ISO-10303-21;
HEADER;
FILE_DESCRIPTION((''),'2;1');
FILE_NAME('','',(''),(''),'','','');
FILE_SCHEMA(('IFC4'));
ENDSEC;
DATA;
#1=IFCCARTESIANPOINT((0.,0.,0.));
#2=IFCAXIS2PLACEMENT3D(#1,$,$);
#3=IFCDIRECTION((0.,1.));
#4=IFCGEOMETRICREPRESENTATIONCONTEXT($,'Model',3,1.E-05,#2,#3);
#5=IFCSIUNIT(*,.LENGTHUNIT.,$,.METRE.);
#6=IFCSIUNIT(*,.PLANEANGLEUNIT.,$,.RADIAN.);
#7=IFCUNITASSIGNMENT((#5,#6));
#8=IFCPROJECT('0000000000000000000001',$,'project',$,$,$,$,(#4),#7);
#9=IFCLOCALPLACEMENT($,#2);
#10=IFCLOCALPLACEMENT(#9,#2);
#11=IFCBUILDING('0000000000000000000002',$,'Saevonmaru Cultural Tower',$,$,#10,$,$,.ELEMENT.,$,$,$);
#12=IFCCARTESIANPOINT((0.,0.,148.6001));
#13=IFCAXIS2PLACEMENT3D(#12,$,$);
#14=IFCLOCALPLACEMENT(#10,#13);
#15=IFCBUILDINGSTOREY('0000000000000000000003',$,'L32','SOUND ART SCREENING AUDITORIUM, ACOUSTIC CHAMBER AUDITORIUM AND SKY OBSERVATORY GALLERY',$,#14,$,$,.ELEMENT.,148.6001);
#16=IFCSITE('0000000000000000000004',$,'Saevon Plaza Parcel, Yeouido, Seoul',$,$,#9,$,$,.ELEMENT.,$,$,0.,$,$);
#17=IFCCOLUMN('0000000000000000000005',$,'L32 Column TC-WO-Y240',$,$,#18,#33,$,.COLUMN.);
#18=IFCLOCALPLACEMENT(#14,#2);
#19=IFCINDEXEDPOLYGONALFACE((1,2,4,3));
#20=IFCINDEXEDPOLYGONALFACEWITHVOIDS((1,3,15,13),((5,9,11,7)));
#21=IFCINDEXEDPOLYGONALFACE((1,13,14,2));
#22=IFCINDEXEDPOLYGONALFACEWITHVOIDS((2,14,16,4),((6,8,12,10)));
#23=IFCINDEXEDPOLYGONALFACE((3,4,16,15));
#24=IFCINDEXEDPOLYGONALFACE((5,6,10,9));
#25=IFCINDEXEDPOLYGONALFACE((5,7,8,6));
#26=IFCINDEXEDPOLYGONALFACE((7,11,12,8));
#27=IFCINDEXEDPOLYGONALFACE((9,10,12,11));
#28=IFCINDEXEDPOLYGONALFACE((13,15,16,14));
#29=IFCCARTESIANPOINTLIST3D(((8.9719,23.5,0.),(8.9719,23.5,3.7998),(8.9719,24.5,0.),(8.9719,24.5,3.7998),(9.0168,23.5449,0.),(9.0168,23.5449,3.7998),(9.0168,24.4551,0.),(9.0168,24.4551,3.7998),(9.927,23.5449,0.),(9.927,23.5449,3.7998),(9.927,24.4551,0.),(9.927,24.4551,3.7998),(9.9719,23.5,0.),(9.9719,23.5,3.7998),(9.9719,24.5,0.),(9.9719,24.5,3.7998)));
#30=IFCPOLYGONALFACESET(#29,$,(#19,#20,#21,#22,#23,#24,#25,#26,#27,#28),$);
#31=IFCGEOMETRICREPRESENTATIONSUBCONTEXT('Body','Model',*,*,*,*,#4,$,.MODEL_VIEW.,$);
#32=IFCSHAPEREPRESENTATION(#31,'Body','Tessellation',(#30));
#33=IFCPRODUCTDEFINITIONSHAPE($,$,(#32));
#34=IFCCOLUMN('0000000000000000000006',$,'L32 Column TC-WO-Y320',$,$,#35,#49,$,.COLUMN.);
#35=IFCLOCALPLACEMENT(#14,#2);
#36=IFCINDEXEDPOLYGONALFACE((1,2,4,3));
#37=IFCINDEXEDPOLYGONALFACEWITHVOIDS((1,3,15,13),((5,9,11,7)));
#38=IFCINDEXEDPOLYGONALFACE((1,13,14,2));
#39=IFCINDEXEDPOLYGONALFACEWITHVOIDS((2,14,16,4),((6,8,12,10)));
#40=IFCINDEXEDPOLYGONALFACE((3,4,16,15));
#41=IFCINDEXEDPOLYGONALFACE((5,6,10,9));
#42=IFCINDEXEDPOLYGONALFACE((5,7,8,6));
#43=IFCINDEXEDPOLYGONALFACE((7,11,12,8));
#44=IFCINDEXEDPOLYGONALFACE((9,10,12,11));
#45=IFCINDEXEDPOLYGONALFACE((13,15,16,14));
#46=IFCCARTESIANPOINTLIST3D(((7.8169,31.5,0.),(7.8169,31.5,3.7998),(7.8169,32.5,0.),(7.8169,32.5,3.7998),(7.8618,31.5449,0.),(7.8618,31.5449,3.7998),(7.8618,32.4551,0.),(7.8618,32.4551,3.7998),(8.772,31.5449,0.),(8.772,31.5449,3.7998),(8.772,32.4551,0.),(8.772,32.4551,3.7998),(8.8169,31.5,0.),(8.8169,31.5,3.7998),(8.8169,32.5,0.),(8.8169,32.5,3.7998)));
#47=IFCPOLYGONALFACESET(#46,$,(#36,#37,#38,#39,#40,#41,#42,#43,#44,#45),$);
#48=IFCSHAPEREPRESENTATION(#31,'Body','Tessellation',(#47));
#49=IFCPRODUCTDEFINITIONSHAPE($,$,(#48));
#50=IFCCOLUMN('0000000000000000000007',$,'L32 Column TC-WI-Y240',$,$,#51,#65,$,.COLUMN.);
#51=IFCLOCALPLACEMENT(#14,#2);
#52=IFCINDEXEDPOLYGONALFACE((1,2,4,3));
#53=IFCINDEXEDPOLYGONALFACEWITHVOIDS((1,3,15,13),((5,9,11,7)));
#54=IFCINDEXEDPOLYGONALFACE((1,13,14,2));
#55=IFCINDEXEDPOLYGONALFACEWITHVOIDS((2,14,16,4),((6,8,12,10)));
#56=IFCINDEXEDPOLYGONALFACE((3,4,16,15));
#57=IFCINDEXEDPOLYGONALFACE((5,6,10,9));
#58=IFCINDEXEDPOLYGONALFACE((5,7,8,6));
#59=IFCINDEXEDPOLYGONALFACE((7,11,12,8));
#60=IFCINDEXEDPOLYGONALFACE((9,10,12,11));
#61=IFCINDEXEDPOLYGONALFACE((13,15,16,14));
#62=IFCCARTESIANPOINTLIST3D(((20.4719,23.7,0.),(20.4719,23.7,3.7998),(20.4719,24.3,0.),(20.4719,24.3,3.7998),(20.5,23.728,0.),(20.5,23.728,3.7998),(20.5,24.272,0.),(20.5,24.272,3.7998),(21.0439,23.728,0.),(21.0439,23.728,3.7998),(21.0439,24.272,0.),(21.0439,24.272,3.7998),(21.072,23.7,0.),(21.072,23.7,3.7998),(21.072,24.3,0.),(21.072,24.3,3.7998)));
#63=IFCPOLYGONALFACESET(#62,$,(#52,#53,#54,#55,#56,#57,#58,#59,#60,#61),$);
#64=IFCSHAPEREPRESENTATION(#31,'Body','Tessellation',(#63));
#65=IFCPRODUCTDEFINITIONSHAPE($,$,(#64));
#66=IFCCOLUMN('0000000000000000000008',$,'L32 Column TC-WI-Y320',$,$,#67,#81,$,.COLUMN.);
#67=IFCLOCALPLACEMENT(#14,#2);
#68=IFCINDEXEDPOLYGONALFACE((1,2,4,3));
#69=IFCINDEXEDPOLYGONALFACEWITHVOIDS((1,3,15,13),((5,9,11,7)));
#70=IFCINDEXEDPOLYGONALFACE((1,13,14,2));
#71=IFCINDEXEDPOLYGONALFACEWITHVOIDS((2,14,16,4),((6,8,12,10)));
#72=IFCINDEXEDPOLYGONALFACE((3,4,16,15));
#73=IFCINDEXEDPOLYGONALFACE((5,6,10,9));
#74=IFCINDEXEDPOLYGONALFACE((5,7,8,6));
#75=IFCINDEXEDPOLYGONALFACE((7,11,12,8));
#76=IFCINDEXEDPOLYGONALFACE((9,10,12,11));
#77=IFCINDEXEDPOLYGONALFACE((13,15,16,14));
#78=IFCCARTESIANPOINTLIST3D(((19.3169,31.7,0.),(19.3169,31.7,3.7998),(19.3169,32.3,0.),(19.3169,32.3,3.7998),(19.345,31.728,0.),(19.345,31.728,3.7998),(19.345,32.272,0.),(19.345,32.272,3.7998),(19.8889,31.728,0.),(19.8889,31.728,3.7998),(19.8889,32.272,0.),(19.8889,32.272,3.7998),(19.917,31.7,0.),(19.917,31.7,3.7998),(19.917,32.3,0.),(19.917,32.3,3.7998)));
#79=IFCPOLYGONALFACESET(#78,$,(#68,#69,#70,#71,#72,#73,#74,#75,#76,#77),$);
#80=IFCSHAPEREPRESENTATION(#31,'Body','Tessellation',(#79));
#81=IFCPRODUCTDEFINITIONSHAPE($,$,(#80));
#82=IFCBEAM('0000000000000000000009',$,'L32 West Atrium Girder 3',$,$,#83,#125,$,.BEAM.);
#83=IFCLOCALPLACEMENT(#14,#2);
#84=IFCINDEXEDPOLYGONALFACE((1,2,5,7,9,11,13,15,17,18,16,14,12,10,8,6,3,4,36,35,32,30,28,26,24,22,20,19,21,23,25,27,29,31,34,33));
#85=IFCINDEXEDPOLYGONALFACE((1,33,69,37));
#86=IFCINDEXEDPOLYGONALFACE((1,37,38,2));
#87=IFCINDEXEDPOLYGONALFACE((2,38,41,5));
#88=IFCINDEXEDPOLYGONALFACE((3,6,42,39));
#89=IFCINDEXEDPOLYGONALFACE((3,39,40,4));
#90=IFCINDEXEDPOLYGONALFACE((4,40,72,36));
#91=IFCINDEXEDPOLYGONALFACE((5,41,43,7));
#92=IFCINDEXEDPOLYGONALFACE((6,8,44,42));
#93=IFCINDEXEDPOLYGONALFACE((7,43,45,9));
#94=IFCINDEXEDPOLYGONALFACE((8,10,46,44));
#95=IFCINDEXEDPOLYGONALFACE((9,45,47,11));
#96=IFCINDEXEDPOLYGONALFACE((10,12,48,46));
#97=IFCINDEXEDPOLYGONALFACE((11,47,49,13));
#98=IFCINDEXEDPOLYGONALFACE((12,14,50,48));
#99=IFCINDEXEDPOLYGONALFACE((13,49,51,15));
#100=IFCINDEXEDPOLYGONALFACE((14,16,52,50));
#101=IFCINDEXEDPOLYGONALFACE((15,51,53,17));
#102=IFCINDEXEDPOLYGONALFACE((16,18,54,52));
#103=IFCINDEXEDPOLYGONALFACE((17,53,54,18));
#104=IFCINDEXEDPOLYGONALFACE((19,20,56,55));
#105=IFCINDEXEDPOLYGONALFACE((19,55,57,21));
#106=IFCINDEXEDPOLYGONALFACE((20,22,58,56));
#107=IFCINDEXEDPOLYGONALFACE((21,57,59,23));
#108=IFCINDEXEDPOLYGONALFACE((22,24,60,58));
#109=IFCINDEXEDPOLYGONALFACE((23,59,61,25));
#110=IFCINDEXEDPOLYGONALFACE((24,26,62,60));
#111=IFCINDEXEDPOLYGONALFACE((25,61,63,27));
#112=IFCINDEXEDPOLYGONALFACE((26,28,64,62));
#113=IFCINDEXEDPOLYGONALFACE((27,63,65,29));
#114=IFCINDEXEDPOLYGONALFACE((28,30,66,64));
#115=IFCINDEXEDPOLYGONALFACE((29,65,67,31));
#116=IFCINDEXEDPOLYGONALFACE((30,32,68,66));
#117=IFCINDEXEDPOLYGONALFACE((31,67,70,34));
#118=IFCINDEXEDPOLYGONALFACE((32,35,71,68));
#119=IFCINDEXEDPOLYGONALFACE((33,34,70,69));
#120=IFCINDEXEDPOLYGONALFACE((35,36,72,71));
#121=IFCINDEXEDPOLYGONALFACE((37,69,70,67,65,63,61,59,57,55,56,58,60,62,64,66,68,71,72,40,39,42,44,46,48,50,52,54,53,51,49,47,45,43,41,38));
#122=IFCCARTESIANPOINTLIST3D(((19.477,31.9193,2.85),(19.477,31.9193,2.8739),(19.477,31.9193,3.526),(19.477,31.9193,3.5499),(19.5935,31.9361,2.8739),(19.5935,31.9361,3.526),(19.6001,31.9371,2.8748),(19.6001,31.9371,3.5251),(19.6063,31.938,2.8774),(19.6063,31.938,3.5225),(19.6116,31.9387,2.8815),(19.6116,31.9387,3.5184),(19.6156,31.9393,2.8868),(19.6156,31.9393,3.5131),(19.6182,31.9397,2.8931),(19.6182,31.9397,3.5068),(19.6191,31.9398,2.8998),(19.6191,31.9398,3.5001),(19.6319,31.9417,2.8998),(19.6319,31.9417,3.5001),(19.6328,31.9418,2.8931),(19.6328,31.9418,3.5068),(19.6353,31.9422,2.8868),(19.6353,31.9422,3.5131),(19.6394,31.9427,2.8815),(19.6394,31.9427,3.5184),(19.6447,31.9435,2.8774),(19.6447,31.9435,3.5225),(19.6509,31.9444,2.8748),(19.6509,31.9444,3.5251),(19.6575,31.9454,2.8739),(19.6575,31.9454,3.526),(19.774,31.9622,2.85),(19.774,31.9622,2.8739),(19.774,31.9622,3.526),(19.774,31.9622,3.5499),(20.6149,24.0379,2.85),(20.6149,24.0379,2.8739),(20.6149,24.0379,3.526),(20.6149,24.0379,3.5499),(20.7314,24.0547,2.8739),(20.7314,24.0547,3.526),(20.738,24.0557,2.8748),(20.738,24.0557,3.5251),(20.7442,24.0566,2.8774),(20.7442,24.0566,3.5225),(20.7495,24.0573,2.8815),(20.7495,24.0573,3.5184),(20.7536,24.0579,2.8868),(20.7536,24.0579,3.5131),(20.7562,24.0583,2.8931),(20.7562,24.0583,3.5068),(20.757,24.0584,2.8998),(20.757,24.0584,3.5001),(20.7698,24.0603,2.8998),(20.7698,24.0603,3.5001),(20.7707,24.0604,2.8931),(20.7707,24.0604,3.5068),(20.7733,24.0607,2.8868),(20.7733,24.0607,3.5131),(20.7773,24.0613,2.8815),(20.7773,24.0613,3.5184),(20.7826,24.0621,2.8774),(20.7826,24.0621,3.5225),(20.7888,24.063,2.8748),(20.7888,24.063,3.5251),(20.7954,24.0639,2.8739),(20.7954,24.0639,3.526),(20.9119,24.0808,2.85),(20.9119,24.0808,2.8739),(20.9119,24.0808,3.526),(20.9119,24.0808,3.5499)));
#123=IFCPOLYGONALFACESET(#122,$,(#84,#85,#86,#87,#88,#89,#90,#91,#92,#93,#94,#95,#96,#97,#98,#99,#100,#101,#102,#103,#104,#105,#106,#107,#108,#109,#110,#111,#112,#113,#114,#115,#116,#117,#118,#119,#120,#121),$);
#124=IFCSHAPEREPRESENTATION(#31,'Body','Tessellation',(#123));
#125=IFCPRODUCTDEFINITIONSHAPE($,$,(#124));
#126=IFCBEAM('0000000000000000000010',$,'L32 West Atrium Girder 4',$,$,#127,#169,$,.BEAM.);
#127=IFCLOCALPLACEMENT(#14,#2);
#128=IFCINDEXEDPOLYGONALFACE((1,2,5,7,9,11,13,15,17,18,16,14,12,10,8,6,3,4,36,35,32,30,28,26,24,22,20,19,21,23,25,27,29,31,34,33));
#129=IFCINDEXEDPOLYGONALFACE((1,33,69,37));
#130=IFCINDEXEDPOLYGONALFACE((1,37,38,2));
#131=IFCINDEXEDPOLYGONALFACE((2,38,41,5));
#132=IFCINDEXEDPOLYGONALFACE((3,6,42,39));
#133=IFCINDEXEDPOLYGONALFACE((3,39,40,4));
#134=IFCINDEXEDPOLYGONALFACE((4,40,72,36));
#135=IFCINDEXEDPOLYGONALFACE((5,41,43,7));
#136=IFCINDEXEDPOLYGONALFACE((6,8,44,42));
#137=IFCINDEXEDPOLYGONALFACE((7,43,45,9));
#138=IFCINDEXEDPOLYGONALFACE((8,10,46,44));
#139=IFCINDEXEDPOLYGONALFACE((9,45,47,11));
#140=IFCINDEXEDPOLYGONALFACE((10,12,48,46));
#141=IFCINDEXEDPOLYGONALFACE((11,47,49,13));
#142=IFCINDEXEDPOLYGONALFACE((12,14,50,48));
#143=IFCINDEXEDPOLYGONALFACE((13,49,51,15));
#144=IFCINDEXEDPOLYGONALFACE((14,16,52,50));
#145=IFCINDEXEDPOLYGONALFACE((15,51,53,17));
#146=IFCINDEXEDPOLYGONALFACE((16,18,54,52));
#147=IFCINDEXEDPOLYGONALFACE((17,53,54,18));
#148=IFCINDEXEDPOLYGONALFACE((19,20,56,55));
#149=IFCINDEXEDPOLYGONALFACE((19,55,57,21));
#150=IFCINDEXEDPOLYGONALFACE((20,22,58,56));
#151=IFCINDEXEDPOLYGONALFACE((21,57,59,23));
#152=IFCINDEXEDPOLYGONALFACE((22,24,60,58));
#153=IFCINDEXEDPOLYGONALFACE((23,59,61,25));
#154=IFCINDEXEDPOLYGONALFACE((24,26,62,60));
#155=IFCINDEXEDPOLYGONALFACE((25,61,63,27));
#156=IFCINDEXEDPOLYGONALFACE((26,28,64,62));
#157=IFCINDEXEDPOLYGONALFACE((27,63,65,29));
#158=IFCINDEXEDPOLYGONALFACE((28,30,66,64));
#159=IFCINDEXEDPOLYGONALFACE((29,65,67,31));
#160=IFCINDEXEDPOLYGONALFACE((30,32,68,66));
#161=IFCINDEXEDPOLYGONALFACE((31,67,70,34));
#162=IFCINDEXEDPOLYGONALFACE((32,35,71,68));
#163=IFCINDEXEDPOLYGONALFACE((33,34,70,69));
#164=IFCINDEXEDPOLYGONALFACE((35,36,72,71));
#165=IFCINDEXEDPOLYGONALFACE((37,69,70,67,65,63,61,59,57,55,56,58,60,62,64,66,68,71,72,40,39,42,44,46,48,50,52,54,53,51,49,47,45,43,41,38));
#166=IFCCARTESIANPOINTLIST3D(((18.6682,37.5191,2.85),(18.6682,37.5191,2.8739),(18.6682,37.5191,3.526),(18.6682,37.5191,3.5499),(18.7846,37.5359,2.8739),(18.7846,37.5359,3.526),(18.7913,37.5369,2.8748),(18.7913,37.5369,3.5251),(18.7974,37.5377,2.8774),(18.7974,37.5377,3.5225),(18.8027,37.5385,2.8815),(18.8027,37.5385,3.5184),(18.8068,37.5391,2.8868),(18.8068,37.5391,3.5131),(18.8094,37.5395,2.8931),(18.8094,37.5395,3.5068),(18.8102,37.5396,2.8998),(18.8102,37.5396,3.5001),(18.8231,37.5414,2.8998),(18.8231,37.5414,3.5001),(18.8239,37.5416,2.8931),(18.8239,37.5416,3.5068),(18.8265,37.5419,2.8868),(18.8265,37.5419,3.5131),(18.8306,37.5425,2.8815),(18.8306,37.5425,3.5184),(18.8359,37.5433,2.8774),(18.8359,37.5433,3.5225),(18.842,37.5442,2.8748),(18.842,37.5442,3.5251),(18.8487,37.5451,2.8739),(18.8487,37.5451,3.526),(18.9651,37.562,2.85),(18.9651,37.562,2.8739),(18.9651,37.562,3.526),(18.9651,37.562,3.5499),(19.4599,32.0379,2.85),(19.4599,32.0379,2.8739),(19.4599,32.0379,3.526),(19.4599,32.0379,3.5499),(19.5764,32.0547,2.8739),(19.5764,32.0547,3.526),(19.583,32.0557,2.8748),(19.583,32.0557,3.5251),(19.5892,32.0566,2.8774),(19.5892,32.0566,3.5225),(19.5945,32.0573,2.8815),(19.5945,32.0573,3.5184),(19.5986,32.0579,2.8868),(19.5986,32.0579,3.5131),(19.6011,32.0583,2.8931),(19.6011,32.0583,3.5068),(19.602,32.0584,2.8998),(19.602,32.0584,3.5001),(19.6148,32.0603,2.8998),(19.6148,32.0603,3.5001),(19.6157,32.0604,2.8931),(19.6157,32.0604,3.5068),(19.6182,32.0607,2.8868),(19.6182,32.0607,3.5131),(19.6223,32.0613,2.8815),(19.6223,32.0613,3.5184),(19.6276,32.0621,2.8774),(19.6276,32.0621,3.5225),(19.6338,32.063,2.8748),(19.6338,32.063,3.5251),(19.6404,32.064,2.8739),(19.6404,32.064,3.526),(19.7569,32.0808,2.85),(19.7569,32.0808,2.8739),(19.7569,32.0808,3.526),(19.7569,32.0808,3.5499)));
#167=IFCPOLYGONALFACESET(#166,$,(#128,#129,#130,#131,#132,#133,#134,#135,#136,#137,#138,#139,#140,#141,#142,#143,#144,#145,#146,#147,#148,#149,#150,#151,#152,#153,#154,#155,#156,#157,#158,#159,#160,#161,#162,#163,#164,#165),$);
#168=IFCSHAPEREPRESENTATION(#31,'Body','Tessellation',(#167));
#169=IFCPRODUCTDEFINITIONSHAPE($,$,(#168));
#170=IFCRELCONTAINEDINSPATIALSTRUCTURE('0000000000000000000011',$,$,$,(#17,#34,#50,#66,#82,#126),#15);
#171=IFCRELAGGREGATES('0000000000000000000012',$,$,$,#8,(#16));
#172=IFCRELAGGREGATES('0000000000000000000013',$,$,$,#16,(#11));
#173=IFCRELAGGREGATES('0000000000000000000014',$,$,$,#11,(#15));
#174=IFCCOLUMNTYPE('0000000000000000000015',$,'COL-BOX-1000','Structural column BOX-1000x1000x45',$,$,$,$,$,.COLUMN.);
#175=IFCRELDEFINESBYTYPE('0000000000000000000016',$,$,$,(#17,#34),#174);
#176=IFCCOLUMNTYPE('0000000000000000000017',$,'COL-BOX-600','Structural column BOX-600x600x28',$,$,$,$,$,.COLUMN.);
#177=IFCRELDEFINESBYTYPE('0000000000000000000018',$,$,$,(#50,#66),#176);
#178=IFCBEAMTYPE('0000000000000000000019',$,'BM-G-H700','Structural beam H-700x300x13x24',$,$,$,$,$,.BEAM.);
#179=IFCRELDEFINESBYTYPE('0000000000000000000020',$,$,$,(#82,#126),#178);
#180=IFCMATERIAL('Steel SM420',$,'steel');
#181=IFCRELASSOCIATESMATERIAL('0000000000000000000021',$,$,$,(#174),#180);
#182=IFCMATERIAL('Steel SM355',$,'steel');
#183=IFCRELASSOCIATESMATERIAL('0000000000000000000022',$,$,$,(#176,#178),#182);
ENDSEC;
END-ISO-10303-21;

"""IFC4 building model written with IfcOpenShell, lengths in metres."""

from ifc_helpers import new_model, si_unit, direction, frame, origin, origin_2d, place, context, subcontext, project, spatial, hollow_rectangle, i_section, extrude, material, material_profile, profile_set, type_object, element, save


model = new_model("IFC4")

# Units and contexts
model_context = context("Model", 3, precision=1e-05, world=origin(), true_north=direction((0.0, 1.0)))
body_context = subcontext(model_context, "Body", "Model", "MODEL_VIEW")
ifc_project = project(units=[si_unit("LENGTHUNIT", "METRE"), si_unit("PLANEANGLEUNIT", "RADIAN")], contexts=[model_context])

# Site, building, storey
site_placement = place(None, origin())
site = spatial("IfcSite", under=ifc_project, at=site_placement, Name="Saevon Plaza Parcel, Yeouido, Seoul", CompositionType="ELEMENT", RefElevation=0.0)
building_placement = place(site_placement, origin())
building = spatial("IfcBuilding", under=site, at=building_placement, Name="Saevonmaru Cultural Tower", CompositionType="ELEMENT")
storey_placement = place(building_placement, frame((0.0, 0.0, 148.6001)))
storey = spatial("IfcBuildingStorey", under=building, at=storey_placement, Name="L32", Description="SOUND ART SCREENING AUDITORIUM, ACOUSTIC CHAMBER AUDITORIUM AND SKY OBSERVATORY GALLERY", CompositionType="ELEMENT", Elevation=148.6001)

# Columns
ifc_material_1 = material(Name="Steel SM420", Category="steel")
ifc_material_profile_1 = material_profile(ifc_material_1, hollow_rectangle(XDim=1.0, YDim=1.0, WallThickness=0.0449, at=origin_2d()), Name="BOX-1000x1000x45")
ifc_profile_set_1 = profile_set([ifc_material_profile_1], Name="Steel SM420")
column_type_1 = type_object("IfcColumnType", Name="COL-BOX-1000", Description="Structural column BOX-1000x1000x45", PredefinedType="COLUMN", material=ifc_profile_set_1)
for number, where, z_axis, x_axis, name in (
    (1, (9.4719, 24.0, 0.0), (0.0, 0.0, 1.0), (1.0, 0.0, 0.0), "L32 Column TC-WO-Y240"),
    (2, (8.3169, 32.0, 0.0), (0.0, 0.0, 1.0), (1.0, 0.0, 0.0), "L32 Column TC-WO-Y320"),
):
    element("IfcColumn", number, at=place(storey_placement, frame(where, z_axis=z_axis, x_axis=x_axis)), inside=storey, type_object=column_type_1, Name=name, PredefinedType="COLUMN", context=body_context, shape_type="SweptSolid", body=[
        extrude(hollow_rectangle(XDim=1.0, YDim=1.0, WallThickness=0.0449, at=origin_2d()), origin(), (0.0, 0.0, 1.0), 3.7998),
    ])
ifc_material_2 = material(Name="Steel SM355", Category="steel")
ifc_material_profile_2 = material_profile(ifc_material_2, hollow_rectangle(XDim=0.6001, YDim=0.6001, WallThickness=0.0281, at=origin_2d()), Name="BOX-600x600x28")
ifc_profile_set_2 = profile_set([ifc_material_profile_2], Name="Steel SM355")
column_type_2 = type_object("IfcColumnType", Name="COL-BOX-600", Description="Structural column BOX-600x600x28", PredefinedType="COLUMN", material=ifc_profile_set_2)
for number, where, z_axis, x_axis, name in (
    (3, (20.772, 24.0, 0.0), (0.0, 0.0, 1.0), (1.0, 0.0, 0.0), "L32 Column TC-WI-Y240"),
    (4, (19.6169, 32.0, 0.0), (0.0, 0.0, 1.0), (1.0, 0.0, 0.0), "L32 Column TC-WI-Y320"),
):
    element("IfcColumn", number, at=place(storey_placement, frame(where, z_axis=z_axis, x_axis=x_axis)), inside=storey, type_object=column_type_2, Name=name, PredefinedType="COLUMN", context=body_context, shape_type="SweptSolid", body=[
        extrude(hollow_rectangle(XDim=0.6001, YDim=0.6001, WallThickness=0.0281, at=origin_2d()), origin(), (0.0, 0.0, 1.0), 3.7998),
    ])

# Beams
ifc_material_profile_3 = material_profile(ifc_material_2, i_section(OverallWidth=0.3, OverallDepth=0.7, WebThickness=0.0129, FlangeThickness=0.0239, FilletRadius=0.0259, at=origin_2d()), Name="H-700x300x13x24")
ifc_profile_set_3 = profile_set([ifc_material_profile_3], Name="Steel SM355")
beam_type_1 = type_object("IfcBeamType", Name="BM-G-H700", Description="Structural beam H-700x300x13x24", PredefinedType="BEAM", material=ifc_profile_set_3)
beam_1_placement = place(storey_placement, frame((20.7634, 24.0593, 3.2), z_axis=(-0.142902, 0.989737, 0.0), x_axis=(-0.989737, -0.142902, 0.0)))
element("IfcBeam", 5, at=beam_1_placement, inside=storey, type_object=beam_type_1, Name="L32 West Atrium Girder 3", PredefinedType="BEAM", context=body_context, shape_type="SweptSolid", body=[
    extrude(i_section(OverallWidth=0.3, OverallDepth=0.7, WebThickness=0.0129, FlangeThickness=0.0239, FilletRadius=0.0259, at=origin_2d()), origin(), (0.0, 0.0, 1.0), 7.9631),
])
beam_2_placement = place(storey_placement, frame((19.6084, 32.0593, 3.2), z_axis=(-0.142964, 0.989728, 0.0), x_axis=(-0.989728, -0.142964, 0.0)))
element("IfcBeam", 6, at=beam_2_placement, inside=storey, type_object=beam_type_1, Name="L32 West Atrium Girder 4", PredefinedType="BEAM", context=body_context, shape_type="SweptSolid", body=[
    extrude(i_section(OverallWidth=0.3, OverallDepth=0.7, WebThickness=0.0129, FlangeThickness=0.0239, FilletRadius=0.0259, at=origin_2d()), origin(), (0.0, 0.0, 1.0), 5.5381),
])

save(model, "model.ifc")
